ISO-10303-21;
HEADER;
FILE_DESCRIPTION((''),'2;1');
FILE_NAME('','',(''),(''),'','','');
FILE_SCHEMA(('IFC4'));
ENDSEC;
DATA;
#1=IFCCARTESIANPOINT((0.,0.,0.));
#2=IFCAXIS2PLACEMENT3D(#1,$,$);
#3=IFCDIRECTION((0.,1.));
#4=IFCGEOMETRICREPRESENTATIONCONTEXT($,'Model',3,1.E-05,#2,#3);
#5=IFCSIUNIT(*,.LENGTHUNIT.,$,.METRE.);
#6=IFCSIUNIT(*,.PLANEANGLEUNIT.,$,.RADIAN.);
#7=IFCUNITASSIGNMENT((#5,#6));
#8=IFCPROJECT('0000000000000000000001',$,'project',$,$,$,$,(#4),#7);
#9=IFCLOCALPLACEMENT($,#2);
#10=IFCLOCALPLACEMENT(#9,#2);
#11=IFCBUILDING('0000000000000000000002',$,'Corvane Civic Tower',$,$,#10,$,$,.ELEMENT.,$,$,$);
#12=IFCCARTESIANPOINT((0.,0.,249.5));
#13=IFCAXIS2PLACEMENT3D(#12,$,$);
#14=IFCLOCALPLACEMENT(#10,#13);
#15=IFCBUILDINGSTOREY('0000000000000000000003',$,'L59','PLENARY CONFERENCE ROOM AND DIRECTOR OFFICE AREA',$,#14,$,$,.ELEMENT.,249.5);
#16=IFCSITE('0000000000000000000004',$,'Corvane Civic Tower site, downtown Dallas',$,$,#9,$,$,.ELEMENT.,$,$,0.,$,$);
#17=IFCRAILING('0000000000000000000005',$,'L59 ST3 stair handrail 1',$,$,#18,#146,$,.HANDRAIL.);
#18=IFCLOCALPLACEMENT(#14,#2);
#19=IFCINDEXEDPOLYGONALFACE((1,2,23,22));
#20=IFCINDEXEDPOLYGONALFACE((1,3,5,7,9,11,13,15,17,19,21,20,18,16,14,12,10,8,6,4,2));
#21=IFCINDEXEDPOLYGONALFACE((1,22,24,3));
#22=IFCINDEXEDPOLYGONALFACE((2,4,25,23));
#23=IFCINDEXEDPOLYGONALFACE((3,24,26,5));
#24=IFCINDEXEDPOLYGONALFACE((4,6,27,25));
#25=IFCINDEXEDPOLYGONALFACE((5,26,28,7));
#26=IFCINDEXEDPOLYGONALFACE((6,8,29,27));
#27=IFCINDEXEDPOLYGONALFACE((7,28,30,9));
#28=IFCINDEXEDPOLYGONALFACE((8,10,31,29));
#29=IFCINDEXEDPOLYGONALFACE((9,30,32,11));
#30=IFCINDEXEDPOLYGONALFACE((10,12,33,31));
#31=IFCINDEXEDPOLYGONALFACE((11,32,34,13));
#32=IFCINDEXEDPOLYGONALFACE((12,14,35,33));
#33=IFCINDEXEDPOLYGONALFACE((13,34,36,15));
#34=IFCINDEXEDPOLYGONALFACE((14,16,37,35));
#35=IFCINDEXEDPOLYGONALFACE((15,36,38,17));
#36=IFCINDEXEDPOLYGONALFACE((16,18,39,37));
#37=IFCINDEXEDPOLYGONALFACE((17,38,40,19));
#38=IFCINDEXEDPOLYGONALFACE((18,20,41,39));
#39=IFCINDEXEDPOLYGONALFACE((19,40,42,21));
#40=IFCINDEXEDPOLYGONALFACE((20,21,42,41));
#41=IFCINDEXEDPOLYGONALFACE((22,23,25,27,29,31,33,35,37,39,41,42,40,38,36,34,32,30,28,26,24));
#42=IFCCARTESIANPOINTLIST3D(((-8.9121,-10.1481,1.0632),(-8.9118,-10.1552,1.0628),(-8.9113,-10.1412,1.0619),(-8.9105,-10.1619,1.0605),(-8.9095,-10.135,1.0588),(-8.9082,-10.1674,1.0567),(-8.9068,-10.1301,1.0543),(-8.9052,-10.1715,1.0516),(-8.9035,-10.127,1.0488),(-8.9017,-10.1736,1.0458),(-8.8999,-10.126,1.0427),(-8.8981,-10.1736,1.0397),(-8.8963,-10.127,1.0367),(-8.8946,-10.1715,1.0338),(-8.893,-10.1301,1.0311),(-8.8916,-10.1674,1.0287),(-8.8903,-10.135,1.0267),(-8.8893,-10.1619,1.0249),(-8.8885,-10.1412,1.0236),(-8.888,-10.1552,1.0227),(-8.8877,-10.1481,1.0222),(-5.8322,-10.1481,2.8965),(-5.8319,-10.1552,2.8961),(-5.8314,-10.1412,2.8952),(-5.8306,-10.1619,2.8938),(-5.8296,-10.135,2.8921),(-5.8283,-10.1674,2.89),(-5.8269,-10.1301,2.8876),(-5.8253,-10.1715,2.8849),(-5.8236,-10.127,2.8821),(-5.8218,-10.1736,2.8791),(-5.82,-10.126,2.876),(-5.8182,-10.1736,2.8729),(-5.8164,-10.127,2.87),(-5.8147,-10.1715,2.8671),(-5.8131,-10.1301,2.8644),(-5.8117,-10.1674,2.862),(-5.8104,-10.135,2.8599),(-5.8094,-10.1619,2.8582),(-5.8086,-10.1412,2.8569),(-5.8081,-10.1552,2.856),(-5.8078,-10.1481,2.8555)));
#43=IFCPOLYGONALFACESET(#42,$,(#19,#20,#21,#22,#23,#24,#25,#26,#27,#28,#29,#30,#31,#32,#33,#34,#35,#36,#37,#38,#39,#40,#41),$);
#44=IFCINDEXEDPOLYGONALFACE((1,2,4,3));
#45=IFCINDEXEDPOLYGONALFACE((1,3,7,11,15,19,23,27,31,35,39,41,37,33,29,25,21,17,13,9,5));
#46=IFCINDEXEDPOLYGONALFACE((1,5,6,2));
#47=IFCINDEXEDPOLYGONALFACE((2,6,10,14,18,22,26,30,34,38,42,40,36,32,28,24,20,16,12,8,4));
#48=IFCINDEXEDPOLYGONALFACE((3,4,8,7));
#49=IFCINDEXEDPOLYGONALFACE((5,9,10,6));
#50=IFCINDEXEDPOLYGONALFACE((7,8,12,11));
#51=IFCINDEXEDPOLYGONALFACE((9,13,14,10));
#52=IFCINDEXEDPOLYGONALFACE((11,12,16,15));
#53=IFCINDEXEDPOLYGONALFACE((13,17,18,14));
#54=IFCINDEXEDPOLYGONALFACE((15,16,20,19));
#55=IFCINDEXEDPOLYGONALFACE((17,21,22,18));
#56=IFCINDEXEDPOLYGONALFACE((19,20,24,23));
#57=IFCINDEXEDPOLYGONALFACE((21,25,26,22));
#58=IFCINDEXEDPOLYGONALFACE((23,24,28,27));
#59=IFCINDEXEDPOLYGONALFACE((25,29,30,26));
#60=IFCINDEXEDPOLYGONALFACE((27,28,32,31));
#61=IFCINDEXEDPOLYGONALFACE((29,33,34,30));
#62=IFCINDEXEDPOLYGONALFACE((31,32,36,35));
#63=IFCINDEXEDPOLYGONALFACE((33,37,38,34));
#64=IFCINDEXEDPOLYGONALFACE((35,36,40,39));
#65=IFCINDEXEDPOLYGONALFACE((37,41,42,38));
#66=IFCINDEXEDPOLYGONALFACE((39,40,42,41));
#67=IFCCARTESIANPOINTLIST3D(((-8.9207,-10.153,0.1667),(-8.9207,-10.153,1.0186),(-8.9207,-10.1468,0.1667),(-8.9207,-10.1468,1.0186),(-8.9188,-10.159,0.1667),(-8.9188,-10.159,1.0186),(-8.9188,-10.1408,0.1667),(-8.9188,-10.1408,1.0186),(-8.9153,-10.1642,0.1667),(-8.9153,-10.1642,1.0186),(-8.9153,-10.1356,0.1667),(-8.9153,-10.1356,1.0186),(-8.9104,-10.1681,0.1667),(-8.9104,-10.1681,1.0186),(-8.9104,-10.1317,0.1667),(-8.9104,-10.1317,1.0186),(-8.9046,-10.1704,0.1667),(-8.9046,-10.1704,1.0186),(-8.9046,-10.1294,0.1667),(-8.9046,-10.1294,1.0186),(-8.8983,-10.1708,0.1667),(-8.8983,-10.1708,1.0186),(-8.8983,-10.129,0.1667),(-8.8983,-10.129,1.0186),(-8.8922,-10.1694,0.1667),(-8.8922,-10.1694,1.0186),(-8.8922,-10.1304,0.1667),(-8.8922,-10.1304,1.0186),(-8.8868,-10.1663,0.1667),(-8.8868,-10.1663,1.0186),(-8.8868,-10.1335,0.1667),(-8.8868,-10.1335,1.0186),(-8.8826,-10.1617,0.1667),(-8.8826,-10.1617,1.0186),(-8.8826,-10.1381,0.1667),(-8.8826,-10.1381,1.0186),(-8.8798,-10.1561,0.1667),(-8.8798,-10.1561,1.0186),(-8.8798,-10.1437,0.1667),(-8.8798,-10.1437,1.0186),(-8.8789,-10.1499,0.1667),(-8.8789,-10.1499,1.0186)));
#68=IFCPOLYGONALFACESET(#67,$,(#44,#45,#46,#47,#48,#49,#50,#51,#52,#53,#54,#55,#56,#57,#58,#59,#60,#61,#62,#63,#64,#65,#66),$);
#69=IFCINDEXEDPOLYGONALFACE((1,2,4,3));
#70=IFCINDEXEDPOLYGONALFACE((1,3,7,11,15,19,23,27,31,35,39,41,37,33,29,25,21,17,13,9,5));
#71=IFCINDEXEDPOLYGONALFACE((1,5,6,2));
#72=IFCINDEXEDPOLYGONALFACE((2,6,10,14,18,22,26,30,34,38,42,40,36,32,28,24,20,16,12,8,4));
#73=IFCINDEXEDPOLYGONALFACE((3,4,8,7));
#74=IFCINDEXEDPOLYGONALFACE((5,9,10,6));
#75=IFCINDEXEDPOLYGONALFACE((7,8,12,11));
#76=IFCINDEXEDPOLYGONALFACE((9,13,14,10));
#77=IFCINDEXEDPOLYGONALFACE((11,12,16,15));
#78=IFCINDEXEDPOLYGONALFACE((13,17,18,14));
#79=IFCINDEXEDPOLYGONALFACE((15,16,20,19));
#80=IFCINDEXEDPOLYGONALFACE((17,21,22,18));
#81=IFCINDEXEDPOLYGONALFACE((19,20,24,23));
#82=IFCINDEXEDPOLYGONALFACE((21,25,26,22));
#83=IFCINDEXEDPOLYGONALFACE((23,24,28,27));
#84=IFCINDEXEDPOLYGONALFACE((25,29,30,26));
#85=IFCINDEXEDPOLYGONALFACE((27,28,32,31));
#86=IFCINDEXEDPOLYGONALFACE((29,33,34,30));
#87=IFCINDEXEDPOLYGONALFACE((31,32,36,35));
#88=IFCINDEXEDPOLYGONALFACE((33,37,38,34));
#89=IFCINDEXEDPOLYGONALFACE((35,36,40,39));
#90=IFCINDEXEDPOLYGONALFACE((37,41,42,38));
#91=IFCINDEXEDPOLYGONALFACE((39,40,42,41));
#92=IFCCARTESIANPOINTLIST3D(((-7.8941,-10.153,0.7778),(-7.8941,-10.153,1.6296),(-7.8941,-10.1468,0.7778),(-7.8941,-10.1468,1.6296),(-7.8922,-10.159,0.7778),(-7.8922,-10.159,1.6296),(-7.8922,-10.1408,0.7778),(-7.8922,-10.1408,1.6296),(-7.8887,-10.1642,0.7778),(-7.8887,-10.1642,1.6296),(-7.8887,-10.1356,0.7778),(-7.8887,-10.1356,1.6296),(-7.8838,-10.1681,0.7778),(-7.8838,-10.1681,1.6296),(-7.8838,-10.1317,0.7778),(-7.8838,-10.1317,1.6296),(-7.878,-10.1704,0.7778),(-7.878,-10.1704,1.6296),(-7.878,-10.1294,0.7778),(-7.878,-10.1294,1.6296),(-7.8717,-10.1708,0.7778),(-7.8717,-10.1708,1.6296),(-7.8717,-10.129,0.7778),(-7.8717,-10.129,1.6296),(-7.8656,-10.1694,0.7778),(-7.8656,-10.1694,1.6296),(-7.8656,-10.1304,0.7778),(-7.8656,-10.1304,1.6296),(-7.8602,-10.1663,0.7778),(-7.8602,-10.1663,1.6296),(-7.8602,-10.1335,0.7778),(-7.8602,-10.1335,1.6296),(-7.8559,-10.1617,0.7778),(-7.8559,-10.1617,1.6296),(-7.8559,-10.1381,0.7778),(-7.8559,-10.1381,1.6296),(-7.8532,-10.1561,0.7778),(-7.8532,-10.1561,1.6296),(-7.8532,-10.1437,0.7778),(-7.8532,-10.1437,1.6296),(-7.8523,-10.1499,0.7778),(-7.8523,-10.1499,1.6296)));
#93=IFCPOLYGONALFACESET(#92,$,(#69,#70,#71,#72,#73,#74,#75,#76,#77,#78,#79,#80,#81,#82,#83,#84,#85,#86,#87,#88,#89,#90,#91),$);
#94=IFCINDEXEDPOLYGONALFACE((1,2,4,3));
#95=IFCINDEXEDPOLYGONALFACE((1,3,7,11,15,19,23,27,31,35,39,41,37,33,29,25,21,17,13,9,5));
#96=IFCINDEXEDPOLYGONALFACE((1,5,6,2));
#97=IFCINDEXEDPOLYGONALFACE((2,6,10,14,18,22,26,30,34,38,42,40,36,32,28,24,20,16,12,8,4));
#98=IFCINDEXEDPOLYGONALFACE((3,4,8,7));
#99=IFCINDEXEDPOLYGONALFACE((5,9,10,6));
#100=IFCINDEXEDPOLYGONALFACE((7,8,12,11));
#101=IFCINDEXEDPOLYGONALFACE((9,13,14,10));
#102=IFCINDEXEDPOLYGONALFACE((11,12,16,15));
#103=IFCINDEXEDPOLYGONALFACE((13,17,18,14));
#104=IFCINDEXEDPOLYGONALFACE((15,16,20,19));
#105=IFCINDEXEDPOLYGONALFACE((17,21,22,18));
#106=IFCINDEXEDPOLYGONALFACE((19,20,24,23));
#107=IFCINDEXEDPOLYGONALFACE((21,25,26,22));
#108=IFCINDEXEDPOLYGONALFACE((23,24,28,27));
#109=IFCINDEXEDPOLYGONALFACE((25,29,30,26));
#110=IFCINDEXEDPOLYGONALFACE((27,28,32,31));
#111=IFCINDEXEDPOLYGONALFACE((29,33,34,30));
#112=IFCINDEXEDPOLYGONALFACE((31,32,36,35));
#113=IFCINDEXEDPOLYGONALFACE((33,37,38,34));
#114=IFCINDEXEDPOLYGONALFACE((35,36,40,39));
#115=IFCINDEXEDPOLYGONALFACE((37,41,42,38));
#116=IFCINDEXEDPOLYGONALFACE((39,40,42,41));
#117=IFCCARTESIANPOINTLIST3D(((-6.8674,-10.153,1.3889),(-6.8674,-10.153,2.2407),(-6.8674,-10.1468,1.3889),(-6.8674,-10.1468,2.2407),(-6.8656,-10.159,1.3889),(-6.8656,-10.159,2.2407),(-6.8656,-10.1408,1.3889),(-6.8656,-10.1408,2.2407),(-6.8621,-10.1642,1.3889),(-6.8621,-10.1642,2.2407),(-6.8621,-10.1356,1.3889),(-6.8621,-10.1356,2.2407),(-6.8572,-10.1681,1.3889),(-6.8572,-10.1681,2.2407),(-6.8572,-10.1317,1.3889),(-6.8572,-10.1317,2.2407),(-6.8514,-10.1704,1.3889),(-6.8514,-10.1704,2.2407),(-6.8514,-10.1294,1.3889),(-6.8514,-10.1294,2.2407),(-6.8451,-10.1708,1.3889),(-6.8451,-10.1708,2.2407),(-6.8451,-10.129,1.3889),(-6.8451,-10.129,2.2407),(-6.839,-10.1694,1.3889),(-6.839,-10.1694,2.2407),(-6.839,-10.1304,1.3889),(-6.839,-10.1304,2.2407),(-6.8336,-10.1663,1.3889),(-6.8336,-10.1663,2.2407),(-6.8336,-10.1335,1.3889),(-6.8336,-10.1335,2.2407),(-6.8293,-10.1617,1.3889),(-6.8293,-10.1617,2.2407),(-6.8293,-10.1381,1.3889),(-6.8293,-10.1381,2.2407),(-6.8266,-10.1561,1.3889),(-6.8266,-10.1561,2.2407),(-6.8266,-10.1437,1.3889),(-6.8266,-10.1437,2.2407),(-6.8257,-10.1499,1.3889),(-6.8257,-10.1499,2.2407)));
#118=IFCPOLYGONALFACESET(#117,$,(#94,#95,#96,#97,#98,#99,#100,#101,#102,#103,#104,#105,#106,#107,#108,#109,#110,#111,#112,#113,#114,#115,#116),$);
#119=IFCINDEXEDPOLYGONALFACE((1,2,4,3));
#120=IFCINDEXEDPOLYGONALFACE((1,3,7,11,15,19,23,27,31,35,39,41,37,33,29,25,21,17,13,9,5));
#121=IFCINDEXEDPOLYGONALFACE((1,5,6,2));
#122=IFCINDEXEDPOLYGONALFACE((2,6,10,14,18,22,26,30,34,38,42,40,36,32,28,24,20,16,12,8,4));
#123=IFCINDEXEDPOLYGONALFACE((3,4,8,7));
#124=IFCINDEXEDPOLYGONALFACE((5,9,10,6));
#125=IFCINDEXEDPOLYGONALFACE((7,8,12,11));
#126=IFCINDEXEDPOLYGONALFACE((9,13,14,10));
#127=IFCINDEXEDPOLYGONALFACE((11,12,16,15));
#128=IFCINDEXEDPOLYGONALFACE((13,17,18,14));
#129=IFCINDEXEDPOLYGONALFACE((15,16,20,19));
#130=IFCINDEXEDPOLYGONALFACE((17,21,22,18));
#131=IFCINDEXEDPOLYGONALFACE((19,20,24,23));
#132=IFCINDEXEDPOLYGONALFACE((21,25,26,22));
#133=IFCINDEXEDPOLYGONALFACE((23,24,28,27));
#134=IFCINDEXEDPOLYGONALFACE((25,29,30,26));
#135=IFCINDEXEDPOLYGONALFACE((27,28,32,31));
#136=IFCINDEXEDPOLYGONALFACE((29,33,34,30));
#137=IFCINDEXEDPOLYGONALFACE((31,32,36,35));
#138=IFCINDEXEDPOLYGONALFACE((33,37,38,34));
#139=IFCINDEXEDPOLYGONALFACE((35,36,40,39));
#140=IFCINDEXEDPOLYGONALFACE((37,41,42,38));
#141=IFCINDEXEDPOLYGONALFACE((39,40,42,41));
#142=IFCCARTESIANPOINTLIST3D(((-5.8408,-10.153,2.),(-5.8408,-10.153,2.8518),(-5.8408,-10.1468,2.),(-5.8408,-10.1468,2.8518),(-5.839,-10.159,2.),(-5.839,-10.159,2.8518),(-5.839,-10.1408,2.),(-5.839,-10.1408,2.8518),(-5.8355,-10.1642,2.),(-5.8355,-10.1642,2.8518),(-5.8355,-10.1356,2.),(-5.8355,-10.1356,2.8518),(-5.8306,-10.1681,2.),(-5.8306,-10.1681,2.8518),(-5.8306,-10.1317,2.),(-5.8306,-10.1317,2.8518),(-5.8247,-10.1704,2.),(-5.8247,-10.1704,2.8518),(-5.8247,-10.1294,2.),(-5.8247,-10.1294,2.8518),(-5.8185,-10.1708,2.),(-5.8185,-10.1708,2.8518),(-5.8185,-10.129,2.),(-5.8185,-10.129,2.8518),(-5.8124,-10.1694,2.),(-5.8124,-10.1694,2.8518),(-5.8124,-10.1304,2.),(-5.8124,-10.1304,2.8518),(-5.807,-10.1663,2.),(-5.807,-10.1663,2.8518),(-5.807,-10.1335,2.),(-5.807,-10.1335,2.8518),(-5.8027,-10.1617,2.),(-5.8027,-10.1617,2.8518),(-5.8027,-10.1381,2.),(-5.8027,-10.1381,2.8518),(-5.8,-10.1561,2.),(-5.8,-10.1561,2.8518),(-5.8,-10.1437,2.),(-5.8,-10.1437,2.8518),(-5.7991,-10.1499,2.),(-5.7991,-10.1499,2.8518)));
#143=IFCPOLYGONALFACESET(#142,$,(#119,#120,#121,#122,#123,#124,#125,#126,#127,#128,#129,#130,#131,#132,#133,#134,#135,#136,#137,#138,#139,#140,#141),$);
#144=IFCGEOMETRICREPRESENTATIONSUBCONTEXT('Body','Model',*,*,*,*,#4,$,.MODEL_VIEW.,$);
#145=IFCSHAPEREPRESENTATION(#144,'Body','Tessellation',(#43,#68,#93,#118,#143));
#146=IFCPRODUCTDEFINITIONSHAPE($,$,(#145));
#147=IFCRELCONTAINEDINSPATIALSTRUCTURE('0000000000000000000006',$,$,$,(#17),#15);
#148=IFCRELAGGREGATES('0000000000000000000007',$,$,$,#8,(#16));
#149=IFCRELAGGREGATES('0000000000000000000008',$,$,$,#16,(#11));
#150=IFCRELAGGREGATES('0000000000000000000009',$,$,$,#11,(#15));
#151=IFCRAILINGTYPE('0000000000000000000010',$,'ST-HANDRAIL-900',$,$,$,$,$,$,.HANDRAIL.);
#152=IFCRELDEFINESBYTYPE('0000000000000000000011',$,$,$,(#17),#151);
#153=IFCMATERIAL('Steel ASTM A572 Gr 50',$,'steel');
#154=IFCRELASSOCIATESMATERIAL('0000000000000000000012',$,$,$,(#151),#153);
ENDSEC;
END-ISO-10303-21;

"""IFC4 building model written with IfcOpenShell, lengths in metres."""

from ifc_helpers import new_model, si_unit, direction, frame, origin, origin_2d, place, context, subcontext, project, spatial, circle, extrude, material, type_object, element, save


model = new_model("IFC4")

# Units and contexts
model_context = context("Model", 3, precision=1e-05, world=origin(), true_north=direction((0.0, 1.0)))
body_context = subcontext(model_context, "Body", "Model", "MODEL_VIEW")
ifc_project = project(units=[si_unit("LENGTHUNIT", "METRE"), si_unit("PLANEANGLEUNIT", "RADIAN")], contexts=[model_context])

# Site, building, storey
site_placement = place(None, origin())
site = spatial("IfcSite", under=ifc_project, at=site_placement, Name="Corvane Civic Tower site, downtown Dallas", CompositionType="ELEMENT", RefElevation=0.0)
building_placement = place(site_placement, origin())
building = spatial("IfcBuilding", under=site, at=building_placement, Name="Corvane Civic Tower", CompositionType="ELEMENT")
storey_placement = place(building_placement, frame((0.0, 0.0, 249.5)))
storey = spatial("IfcBuildingStorey", under=building, at=storey_placement, Name="L59", Description="PLENARY CONFERENCE ROOM AND DIRECTOR OFFICE AREA", CompositionType="ELEMENT", Elevation=249.5)

# Railing
ifc_material_1 = material(Name="Steel ASTM A572 Gr 50", Category="steel")
railing_type_1 = type_object("IfcRailingType", Name="ST-HANDRAIL-900", PredefinedType="HANDRAIL", material=ifc_material_1)
railing_1_placement = place(storey_placement, frame((-8.8999, -10.1499, 0.1667)))
element("IfcRailing", 1, at=railing_1_placement, inside=storey, type_object=railing_type_1, Name="L59 ST3 stair handrail 1", PredefinedType="HANDRAIL", context=body_context, shape_type="SweptSolid", body=[
    extrude(circle(Radius=0.0239, at=origin_2d()), frame((0.0, 0.0, 0.876), z_axis=(0.859291, 0.0, 0.511487), x_axis=(0.0, 1.0, 0.0)), (0.0, 0.0, 1.0), 3.5842),
    extrude(circle(Radius=0.021, at=origin_2d()), origin(), (0.0, 0.0, 1.0), 0.8518),
    extrude(circle(Radius=0.021, at=origin_2d()), frame((1.0266, 0.0, 0.6111)), (0.0, 0.0, 1.0), 0.8518),
    extrude(circle(Radius=0.021, at=origin_2d()), frame((2.0532, 0.0, 1.2222)), (0.0, 0.0, 1.0), 0.8518),
    extrude(circle(Radius=0.021, at=origin_2d()), frame((3.0798, 0.0, 1.8333)), (0.0, 0.0, 1.0), 0.8518),
])

save(model, "model.ifc")
